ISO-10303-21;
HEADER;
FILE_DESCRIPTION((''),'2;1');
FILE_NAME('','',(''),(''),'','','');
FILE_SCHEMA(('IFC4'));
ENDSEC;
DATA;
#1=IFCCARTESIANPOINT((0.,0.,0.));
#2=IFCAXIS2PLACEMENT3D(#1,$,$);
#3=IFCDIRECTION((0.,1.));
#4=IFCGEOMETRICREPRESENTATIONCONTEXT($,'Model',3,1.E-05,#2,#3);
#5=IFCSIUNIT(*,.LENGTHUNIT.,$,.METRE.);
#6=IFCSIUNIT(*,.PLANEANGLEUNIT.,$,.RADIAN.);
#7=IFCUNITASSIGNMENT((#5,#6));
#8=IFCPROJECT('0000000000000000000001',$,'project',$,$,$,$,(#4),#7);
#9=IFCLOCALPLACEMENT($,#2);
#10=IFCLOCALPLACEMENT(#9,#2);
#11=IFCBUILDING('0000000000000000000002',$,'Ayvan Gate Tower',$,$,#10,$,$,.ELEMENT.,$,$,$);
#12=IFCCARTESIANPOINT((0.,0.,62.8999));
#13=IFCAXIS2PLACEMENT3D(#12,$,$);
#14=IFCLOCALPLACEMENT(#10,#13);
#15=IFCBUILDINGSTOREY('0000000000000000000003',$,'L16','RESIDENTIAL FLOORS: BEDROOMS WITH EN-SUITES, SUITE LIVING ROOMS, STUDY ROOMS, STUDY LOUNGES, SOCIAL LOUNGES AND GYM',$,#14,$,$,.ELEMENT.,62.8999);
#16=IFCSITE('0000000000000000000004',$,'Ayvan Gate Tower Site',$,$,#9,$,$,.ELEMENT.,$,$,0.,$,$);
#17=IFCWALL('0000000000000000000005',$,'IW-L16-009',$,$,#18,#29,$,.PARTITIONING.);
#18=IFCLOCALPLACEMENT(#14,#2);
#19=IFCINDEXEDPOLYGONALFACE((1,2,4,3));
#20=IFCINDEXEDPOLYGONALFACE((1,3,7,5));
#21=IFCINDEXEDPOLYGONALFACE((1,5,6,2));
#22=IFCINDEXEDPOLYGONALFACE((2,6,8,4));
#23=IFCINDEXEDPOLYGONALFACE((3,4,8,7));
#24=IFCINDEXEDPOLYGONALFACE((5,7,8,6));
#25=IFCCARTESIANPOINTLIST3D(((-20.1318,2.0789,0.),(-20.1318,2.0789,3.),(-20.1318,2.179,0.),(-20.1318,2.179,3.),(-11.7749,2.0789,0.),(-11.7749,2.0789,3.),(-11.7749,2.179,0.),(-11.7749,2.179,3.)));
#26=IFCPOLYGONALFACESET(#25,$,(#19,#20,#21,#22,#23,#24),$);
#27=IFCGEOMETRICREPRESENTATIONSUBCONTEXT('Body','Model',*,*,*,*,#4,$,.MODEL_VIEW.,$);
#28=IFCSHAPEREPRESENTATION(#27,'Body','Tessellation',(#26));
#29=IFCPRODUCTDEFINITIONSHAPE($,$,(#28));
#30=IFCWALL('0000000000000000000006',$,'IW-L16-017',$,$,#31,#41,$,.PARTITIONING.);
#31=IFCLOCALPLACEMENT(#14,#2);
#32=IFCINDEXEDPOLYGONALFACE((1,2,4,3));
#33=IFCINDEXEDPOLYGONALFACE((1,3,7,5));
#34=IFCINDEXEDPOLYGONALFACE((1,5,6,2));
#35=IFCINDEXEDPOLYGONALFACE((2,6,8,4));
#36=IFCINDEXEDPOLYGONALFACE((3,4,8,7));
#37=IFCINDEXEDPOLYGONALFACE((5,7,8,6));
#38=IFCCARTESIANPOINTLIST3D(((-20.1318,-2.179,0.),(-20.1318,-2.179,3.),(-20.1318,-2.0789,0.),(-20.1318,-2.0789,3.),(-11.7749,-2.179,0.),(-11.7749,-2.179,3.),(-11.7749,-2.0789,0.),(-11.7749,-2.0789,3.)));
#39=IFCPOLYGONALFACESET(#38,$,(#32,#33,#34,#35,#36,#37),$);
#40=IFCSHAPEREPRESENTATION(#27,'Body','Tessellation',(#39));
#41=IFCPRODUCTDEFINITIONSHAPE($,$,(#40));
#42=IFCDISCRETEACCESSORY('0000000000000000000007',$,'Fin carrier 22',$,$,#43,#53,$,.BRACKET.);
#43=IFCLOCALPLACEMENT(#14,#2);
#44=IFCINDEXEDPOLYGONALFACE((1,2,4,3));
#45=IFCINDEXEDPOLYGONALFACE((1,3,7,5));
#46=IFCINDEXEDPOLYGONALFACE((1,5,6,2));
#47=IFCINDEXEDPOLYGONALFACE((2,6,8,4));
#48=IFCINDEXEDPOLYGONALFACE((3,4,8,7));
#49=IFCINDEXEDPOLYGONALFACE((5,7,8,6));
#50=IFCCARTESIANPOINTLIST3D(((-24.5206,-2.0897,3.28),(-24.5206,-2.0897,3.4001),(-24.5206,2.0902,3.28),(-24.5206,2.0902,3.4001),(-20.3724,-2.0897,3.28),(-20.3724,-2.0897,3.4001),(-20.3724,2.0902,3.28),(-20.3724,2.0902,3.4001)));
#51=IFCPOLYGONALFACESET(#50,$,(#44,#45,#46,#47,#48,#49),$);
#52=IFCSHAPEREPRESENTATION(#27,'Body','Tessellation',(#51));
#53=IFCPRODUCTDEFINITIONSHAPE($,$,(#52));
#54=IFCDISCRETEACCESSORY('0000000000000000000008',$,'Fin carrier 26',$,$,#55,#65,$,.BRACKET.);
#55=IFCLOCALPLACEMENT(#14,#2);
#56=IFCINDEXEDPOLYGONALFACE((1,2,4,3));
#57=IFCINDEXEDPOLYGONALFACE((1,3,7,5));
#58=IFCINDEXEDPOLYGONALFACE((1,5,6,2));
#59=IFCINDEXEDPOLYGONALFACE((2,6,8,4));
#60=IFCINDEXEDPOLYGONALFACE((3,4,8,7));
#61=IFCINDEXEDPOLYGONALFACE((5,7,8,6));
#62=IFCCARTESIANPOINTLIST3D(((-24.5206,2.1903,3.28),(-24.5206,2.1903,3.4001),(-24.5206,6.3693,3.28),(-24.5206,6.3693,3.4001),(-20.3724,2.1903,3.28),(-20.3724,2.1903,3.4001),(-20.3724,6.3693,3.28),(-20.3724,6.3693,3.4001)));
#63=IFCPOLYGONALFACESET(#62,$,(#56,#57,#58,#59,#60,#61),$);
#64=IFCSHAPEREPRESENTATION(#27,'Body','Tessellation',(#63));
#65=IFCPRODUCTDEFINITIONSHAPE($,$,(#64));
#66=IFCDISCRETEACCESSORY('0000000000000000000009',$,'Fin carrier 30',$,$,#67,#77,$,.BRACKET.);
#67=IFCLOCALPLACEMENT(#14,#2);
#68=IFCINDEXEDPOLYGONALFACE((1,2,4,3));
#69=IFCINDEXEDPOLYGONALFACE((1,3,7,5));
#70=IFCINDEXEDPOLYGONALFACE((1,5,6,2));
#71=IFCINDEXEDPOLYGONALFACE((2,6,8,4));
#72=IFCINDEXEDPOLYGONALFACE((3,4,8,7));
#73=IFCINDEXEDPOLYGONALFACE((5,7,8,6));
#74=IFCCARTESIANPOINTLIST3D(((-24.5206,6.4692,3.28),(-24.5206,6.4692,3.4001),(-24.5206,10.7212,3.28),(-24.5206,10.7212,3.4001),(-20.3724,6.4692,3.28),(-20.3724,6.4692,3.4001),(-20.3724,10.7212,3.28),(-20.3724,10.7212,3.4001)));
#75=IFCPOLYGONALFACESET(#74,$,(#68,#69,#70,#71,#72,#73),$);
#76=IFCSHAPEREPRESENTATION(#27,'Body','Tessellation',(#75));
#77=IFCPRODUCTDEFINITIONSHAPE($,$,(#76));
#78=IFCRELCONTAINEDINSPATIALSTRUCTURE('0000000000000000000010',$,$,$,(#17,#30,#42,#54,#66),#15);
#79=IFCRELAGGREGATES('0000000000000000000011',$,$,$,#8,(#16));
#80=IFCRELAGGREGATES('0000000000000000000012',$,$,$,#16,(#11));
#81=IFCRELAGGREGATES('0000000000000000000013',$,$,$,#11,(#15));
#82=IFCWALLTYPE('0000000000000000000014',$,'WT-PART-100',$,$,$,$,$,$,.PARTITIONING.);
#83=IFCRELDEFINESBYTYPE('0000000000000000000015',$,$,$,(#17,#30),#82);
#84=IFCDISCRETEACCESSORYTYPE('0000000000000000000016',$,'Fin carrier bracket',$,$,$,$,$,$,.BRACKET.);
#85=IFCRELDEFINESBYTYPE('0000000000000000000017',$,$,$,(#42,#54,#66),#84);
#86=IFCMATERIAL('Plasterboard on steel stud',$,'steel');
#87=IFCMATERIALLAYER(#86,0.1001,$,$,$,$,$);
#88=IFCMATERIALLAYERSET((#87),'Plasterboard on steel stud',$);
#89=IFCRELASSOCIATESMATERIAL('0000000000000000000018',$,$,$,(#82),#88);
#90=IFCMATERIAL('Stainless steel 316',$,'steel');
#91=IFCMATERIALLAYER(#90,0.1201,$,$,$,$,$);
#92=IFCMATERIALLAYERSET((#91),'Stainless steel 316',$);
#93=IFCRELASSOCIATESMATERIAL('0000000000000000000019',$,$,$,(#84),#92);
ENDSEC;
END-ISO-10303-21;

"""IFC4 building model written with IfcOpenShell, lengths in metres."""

from ifc_helpers import new_model, si_unit, direction, frame, frame_2d, origin, origin_2d, place, context, subcontext, project, spatial, rectangle, extrude, material, layer, layer_set, type_object, element, save


model = new_model("IFC4")

# Units and contexts
model_context = context("Model", 3, precision=1e-05, world=origin(), true_north=direction((0.0, 1.0)))
body_context = subcontext(model_context, "Body", "Model", "MODEL_VIEW")
ifc_project = project(units=[si_unit("LENGTHUNIT", "METRE"), si_unit("PLANEANGLEUNIT", "RADIAN")], contexts=[model_context])

# Site, building, storey
site_placement = place(None, origin())
site = spatial("IfcSite", under=ifc_project, at=site_placement, Name="Ayvan Gate Tower Site", CompositionType="ELEMENT", RefElevation=0.0)
building_placement = place(site_placement, origin())
building = spatial("IfcBuilding", under=site, at=building_placement, Name="Ayvan Gate Tower", CompositionType="ELEMENT")
storey_placement = place(building_placement, frame((0.0, 0.0, 62.8999)))
storey = spatial("IfcBuildingStorey", under=building, at=storey_placement, Name="L16", Description="RESIDENTIAL FLOORS: BEDROOMS WITH EN-SUITES, SUITE LIVING ROOMS, STUDY ROOMS, STUDY LOUNGES, SOCIAL LOUNGES AND GYM", CompositionType="ELEMENT", Elevation=62.8999)

# Shared definitions
ifc_material_1 = material(Name="Plasterboard on steel stud", Category="steel")

# Shared definitions
ifc_layer_1 = layer(ifc_material_1, 0.1001)
ifc_layer_set_1 = layer_set([ifc_layer_1], Name="Plasterboard on steel stud")
wall_type_1 = type_object("IfcWallType", Name="WT-PART-100", PredefinedType="PARTITIONING", material=ifc_layer_set_1)

# Walls
for number, where, z_axis, x_axis, name in (
    (1, (-20.1318, 2.1289, 0.0), (0.0, 0.0, 1.0), (1.0, 0.0, 0.0), "IW-L16-009"),
    (2, (-11.7749, -2.1289, 0.0), (0.0, 0.0, 1.0), (-1.0, 0.0, 0.0), "IW-L16-017"),
):
    element("IfcWall", number, at=place(storey_placement, frame(where, z_axis=z_axis, x_axis=x_axis)), inside=storey, type_object=wall_type_1, Name=name, PredefinedType="PARTITIONING", context=body_context, shape_type="SweptSolid", body=[
        extrude(rectangle(XDim=8.3569, YDim=0.1001, at=frame_2d((4.1785, 0.0))), origin(), (0.0, 0.0, 1.0), 3.0),
    ])

# Discrete accessories
ifc_material_2 = material(Name="Stainless steel 316", Category="steel")
ifc_layer_2 = layer(ifc_material_2, 0.1201)
ifc_layer_set_2 = layer_set([ifc_layer_2], Name="Stainless steel 316")
discrete_accessory_type = type_object("IfcDiscreteAccessoryType", Name="Fin carrier bracket", PredefinedType="BRACKET", material=ifc_layer_set_2)
discrete_accessory_1_placement = place(storey_placement, frame((-22.4465, 0.0002, 3.28), z_axis=(0.0, 0.0, 1.0), x_axis=(0.0, -1.0, 0.0)))
element("IfcDiscreteAccessory", 3, at=discrete_accessory_1_placement, inside=storey, type_object=discrete_accessory_type, Name="Fin carrier 22", PredefinedType="BRACKET", context=body_context, shape_type="SweptSolid", body=[
    extrude(rectangle(XDim=4.1799, YDim=4.1482, at=origin_2d()), origin(), (0.0, 0.0, 1.0), 0.1201),
])
discrete_accessory_2_placement = place(storey_placement, frame((-22.4465, 4.2798, 3.28), z_axis=(0.0, 0.0, 1.0), x_axis=(0.0, -1.0, 0.0)))
element("IfcDiscreteAccessory", 4, at=discrete_accessory_2_placement, inside=storey, type_object=discrete_accessory_type, Name="Fin carrier 26", PredefinedType="BRACKET", context=body_context, shape_type="SweptSolid", body=[
    extrude(rectangle(XDim=4.179, YDim=4.1482, at=origin_2d()), origin(), (0.0, 0.0, 1.0), 0.1201),
])
discrete_accessory_3_placement = place(storey_placement, frame((-22.4465, 8.5952, 3.28), z_axis=(0.0, 0.0, 1.0), x_axis=(0.0, -1.0, 0.0)))
element("IfcDiscreteAccessory", 5, at=discrete_accessory_3_placement, inside=storey, type_object=discrete_accessory_type, Name="Fin carrier 30", PredefinedType="BRACKET", context=body_context, shape_type="SweptSolid", body=[
    extrude(rectangle(XDim=4.252, YDim=4.1482, at=origin_2d()), origin(), (0.0, 0.0, 1.0), 0.1201),
])

save(model, "model.ifc")
